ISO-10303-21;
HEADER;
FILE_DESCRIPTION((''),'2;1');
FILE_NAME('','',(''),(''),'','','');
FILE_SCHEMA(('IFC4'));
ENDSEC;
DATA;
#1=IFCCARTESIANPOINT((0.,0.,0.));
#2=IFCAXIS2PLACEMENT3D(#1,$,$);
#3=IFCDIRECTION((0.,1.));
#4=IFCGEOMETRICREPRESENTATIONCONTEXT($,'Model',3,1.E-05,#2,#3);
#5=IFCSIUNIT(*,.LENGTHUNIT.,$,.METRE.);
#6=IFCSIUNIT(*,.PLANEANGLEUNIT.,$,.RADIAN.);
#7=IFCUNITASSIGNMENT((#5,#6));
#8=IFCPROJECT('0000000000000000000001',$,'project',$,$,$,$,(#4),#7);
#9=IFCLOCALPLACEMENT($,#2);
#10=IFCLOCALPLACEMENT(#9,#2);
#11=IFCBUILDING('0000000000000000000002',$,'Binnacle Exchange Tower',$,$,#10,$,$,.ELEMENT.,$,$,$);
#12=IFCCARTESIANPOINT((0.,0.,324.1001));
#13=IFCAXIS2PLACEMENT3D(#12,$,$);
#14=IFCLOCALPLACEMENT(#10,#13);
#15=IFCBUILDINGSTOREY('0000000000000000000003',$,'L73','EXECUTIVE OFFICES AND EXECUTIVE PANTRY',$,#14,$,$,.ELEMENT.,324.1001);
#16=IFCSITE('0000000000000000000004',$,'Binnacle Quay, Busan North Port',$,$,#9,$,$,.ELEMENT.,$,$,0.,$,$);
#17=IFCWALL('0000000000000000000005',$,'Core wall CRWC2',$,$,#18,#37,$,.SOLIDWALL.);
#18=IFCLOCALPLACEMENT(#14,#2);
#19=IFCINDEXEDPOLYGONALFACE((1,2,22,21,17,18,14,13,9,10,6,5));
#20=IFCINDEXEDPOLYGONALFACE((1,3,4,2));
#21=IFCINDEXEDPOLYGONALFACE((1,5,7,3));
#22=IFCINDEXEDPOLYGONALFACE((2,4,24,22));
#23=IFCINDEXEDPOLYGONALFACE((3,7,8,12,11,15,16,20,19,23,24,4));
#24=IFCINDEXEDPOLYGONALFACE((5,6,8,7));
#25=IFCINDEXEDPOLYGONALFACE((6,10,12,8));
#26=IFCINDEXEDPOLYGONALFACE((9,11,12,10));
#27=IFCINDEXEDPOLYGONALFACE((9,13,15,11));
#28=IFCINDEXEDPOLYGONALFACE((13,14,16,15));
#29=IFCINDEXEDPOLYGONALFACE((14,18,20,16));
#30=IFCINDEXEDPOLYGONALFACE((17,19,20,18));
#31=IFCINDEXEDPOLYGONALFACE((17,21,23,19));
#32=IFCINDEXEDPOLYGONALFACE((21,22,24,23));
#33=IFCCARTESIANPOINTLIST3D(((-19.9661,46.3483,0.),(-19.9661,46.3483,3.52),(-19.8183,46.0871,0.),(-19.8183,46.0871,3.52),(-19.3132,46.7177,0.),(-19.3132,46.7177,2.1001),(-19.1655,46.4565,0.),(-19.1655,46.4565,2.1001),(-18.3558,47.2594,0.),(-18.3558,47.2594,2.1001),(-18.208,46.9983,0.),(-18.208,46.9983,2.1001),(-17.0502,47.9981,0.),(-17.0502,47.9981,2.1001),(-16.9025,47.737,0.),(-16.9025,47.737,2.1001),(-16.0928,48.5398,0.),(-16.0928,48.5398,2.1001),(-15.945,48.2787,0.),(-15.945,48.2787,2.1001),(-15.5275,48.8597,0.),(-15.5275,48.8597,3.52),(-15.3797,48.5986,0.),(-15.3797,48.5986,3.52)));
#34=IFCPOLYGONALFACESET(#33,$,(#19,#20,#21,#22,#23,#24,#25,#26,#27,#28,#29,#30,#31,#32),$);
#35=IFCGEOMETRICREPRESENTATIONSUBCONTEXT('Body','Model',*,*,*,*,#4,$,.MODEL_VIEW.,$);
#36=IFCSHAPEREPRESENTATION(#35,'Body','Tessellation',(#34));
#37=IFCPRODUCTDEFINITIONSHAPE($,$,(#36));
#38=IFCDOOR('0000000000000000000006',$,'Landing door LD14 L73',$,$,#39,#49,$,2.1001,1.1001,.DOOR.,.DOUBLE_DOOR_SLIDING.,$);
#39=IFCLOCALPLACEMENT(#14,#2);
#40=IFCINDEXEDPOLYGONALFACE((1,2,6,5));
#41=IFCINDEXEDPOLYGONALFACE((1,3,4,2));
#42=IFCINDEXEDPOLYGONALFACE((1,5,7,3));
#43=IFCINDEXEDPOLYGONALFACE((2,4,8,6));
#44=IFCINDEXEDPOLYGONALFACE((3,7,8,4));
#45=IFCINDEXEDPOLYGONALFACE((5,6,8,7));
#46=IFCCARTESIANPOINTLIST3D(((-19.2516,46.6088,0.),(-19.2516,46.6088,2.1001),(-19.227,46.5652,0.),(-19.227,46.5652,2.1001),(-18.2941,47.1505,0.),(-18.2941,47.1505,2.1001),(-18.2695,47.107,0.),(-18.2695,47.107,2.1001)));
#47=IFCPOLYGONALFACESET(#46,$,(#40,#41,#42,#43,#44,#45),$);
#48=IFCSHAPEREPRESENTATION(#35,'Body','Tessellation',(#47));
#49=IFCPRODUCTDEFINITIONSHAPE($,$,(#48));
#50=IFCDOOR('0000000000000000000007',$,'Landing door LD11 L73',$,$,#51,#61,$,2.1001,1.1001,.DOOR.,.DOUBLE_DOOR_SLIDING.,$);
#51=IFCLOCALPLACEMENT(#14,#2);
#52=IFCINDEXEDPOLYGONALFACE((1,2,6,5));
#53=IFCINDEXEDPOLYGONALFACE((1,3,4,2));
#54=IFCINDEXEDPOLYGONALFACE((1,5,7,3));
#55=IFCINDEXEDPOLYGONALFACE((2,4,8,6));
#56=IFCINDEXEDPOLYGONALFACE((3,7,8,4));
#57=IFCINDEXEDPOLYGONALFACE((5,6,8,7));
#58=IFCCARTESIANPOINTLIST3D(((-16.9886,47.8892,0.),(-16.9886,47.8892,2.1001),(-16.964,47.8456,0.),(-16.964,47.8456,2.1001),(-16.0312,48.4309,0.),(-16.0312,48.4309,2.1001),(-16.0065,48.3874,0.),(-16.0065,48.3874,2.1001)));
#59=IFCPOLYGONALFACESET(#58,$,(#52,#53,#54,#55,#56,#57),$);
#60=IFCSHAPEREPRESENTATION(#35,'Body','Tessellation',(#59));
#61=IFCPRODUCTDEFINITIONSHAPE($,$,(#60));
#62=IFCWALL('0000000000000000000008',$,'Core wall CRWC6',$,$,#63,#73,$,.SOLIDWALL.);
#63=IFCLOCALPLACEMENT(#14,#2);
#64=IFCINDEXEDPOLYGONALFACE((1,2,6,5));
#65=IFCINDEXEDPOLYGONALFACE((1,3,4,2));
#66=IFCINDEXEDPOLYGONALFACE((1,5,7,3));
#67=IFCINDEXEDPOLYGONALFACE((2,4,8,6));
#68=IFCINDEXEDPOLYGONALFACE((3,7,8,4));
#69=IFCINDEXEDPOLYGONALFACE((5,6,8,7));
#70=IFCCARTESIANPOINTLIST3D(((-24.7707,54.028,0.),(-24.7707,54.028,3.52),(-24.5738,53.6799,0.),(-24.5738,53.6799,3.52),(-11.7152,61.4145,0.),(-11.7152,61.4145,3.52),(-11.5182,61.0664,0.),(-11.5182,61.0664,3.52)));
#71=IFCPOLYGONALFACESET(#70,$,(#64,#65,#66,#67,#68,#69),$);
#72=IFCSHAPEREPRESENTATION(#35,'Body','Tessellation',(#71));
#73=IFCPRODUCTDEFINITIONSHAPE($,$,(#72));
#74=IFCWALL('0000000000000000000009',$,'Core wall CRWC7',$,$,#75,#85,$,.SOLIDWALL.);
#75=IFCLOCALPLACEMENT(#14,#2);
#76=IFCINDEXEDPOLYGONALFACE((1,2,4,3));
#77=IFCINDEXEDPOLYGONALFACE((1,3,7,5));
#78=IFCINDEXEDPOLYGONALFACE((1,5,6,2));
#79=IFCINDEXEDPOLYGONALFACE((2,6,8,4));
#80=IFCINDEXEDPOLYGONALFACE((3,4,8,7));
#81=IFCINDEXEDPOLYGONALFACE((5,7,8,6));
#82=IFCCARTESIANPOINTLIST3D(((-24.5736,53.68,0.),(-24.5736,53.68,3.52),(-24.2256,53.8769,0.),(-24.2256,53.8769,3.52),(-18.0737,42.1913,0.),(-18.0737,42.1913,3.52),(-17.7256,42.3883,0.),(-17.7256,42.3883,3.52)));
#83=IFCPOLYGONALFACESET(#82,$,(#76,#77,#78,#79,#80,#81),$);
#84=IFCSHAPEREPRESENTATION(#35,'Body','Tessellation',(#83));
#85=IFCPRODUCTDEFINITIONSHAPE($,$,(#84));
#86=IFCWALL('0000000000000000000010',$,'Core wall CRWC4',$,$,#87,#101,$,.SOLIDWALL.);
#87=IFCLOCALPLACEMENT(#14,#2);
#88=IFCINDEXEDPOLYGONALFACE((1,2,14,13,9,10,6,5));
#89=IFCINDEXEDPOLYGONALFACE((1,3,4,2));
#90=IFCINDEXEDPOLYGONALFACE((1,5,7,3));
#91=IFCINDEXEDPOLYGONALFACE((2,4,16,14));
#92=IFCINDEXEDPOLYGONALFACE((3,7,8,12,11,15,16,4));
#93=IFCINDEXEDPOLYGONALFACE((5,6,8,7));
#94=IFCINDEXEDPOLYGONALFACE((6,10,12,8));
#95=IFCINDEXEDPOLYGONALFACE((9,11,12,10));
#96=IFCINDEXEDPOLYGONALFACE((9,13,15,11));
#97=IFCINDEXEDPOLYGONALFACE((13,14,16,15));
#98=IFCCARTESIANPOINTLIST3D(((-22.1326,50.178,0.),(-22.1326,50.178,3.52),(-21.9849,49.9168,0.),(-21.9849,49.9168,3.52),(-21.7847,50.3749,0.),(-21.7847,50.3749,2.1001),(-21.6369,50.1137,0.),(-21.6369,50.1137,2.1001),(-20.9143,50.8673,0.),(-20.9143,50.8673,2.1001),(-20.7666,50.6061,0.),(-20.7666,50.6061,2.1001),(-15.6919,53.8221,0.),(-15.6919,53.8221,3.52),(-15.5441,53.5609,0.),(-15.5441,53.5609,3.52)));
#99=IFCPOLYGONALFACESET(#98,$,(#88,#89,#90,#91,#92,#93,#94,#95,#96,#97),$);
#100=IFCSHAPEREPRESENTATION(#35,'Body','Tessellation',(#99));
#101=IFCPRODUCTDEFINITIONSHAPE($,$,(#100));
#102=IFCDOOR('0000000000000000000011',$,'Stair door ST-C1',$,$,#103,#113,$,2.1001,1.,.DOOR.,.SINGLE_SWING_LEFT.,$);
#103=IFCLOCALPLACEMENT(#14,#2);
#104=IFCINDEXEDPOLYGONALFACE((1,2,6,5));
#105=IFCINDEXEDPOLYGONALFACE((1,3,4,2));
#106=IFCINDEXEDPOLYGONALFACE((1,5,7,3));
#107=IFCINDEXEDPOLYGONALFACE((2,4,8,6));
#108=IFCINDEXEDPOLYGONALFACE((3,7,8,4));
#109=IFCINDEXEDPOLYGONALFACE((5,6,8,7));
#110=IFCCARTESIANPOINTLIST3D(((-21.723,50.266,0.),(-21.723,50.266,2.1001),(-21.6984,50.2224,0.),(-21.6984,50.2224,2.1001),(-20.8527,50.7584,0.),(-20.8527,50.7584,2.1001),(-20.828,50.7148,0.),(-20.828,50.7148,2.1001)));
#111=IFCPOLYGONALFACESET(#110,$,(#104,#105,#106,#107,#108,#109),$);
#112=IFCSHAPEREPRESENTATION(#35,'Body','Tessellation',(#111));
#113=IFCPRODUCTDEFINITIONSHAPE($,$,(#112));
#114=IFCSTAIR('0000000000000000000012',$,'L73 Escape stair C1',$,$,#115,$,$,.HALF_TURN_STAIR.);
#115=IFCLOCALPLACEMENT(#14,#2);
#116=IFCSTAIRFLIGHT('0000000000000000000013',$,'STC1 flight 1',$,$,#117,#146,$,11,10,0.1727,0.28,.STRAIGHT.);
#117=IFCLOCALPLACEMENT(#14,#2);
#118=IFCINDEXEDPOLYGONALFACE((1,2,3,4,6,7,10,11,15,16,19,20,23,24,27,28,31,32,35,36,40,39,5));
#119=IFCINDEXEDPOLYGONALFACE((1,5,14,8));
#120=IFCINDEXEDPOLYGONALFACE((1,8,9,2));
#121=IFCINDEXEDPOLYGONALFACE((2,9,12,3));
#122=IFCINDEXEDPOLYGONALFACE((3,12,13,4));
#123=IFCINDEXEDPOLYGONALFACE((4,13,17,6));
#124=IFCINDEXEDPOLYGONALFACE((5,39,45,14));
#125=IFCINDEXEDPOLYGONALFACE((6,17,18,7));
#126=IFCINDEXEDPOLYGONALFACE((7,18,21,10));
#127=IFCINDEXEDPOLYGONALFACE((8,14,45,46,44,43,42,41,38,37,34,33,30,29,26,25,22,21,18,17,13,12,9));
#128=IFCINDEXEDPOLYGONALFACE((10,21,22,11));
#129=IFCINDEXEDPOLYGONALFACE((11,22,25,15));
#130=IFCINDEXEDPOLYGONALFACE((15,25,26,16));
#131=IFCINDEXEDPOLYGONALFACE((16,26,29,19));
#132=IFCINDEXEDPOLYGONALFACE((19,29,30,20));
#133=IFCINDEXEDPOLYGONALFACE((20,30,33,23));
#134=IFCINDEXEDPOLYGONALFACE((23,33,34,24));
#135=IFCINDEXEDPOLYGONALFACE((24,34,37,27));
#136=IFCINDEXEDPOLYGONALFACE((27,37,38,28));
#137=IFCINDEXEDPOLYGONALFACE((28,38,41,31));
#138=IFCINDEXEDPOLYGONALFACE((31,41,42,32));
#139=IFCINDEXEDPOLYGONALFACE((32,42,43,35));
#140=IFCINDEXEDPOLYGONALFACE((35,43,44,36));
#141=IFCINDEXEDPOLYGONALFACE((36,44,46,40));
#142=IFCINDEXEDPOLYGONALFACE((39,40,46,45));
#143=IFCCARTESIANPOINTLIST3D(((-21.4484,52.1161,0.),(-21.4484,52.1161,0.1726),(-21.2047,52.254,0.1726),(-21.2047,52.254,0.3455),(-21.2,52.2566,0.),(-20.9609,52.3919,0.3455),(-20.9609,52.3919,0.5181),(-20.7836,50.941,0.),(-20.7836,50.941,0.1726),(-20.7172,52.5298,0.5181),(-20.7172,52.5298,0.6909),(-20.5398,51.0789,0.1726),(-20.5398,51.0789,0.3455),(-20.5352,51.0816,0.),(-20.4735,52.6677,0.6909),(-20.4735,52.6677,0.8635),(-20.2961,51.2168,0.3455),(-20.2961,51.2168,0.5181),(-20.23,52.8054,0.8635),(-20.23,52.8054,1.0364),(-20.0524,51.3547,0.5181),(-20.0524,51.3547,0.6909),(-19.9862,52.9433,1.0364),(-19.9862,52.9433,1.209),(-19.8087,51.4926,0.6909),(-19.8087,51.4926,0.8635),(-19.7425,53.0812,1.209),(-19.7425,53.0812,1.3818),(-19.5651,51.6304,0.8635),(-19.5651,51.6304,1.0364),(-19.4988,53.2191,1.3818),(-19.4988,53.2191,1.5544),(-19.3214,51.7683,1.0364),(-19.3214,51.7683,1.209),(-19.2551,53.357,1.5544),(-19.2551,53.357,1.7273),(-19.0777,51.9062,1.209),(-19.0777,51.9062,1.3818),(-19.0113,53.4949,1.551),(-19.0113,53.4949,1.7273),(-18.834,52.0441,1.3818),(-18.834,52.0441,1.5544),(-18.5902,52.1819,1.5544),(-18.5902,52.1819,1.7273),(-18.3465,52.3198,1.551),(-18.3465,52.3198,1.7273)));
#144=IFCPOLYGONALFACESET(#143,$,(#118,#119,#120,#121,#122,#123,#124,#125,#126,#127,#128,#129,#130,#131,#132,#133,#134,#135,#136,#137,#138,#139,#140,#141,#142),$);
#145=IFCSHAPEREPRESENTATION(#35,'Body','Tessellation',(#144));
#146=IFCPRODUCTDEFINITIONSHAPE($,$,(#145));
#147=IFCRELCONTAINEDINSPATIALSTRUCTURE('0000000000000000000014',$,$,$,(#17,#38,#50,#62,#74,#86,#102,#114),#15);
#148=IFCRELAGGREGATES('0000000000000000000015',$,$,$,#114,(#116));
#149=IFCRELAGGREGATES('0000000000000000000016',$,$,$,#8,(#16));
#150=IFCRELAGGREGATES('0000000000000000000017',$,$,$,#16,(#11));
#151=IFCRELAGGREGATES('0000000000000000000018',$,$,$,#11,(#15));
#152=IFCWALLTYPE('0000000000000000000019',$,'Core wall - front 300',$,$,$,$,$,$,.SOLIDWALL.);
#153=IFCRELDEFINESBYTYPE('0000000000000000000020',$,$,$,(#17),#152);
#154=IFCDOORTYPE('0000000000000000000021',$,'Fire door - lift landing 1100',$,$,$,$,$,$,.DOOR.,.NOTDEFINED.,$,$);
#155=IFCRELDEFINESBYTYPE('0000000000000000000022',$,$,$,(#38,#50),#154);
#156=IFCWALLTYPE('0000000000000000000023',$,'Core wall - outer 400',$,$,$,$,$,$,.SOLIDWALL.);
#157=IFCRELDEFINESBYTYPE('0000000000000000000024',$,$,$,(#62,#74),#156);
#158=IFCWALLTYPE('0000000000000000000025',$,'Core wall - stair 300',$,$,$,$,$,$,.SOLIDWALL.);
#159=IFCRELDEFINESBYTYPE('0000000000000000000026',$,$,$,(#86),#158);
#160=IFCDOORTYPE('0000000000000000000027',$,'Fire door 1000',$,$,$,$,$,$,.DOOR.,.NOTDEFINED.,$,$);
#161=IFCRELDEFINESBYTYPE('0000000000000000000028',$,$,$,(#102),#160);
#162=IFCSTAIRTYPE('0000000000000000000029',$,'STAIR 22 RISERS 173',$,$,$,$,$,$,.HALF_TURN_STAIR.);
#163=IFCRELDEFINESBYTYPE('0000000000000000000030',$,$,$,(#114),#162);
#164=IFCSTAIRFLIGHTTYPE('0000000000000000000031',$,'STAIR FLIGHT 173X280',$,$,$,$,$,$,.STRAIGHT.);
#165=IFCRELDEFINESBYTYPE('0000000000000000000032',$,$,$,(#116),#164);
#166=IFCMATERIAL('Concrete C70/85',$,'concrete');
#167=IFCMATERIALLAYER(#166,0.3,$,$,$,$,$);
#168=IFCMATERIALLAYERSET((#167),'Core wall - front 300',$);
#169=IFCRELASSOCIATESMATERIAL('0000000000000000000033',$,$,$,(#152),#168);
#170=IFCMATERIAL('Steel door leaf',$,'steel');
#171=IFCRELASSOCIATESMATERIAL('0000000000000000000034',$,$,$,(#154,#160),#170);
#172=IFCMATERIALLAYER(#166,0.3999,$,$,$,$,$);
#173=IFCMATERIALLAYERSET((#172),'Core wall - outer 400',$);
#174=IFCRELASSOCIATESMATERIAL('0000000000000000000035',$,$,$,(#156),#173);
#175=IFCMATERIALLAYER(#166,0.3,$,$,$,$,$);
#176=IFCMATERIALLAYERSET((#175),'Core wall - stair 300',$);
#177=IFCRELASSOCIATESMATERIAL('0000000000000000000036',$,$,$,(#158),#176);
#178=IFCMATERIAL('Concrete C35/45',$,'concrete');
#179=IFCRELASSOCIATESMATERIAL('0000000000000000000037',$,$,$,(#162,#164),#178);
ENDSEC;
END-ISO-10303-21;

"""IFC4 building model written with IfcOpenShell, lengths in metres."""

from ifc_helpers import new_model, si_unit, direction, frame, frame_2d, origin, place, context, subcontext, project, spatial, polyline, rectangle, outline, extrude, material, layer, layer_set, type_object, element, fill, aggregate, save


model = new_model("IFC4")

# Units and contexts
model_context = context("Model", 3, precision=1e-05, world=origin(), true_north=direction((0.0, 1.0)))
body_context = subcontext(model_context, "Body", "Model", "MODEL_VIEW")
ifc_project = project(units=[si_unit("LENGTHUNIT", "METRE"), si_unit("PLANEANGLEUNIT", "RADIAN")], contexts=[model_context])

# Site, building, storey
site_placement = place(None, origin())
site = spatial("IfcSite", under=ifc_project, at=site_placement, Name="Binnacle Quay, Busan North Port", CompositionType="ELEMENT", RefElevation=0.0)
building_placement = place(site_placement, origin())
building = spatial("IfcBuilding", under=site, at=building_placement, Name="Binnacle Exchange Tower", CompositionType="ELEMENT")
storey_placement = place(building_placement, frame((0.0, 0.0, 324.1001)))
storey = spatial("IfcBuildingStorey", under=building, at=storey_placement, Name="L73", Description="EXECUTIVE OFFICES AND EXECUTIVE PANTRY", CompositionType="ELEMENT", Elevation=324.1001)

# Wall, openings, doors
ifc_material_1 = material(Name="Concrete C70/85", Category="concrete")
ifc_layer_1 = layer(ifc_material_1, 0.3)
ifc_layer_set_1 = layer_set([ifc_layer_1], Name="Core wall - front 300")
wall_type_1 = type_object("IfcWallType", Name="Core wall - front 300", PredefinedType="SOLIDWALL", material=ifc_layer_set_1)
wall_1_placement = place(storey_placement, frame((-19.8921, 46.2178, 0.0), z_axis=(0.0, 0.0, 1.0), x_axis=(0.870342, 0.492448, 0.0)))
wall_1 = element("IfcWall", 1, at=wall_1_placement, inside=storey, type_object=wall_type_1, Name="Core wall CRWC2", PredefinedType="SOLIDWALL", context=body_context, shape_type="SweptSolid", body=[
    extrude(rectangle(XDim=5.0999, YDim=0.3, at=frame_2d((2.5498, 0.0))), origin(), (0.0, 0.0, 1.0), 3.52),
])
opening_1_placement = place(wall_1_placement, frame((0.75, 0.0, 0.0)))
opening_1 = element("IfcOpeningElement", 2, at=opening_1_placement, cuts=wall_1, PredefinedType="OPENING", context=body_context, shape_type="SweptSolid", body=[
    extrude(rectangle(XDim=1.1001, YDim=2.1001, at=frame_2d((0.55, 1.05))), frame((0.0, 0.1599, 0.0), z_axis=(0.0, -1.0, 0.0), x_axis=(1.0, 0.0, 0.0)), (0.0, 0.0, 1.0), 0.3201),
])
opening_2_placement = place(wall_1_placement, frame((3.3501, 0.0, 0.0)))
opening_2 = element("IfcOpeningElement", 3, at=opening_2_placement, cuts=wall_1, PredefinedType="OPENING", context=body_context, shape_type="SweptSolid", body=[
    extrude(rectangle(XDim=1.1001, YDim=2.1001, at=frame_2d((0.55, 1.05))), frame((0.0, 0.1599, 0.0), z_axis=(0.0, -1.0, 0.0), x_axis=(1.0, 0.0, 0.0)), (0.0, 0.0, 1.0), 0.3201),
])
ifc_material_2 = material(Name="Steel door leaf", Category="steel")
door_type_1 = type_object("IfcDoorType", Name="Fire door - lift landing 1100", OperationType="NOTDEFINED", PredefinedType="DOOR", material=ifc_material_2)
door_1_placement = place(opening_1_placement, origin())
door_1 = element("IfcDoor", 4, at=door_1_placement, inside=storey, type_object=door_type_1, Name="Landing door LD14 L73", OperationType="DOUBLE_DOOR_SLIDING", OverallHeight=2.1001, OverallWidth=1.1001, PredefinedType="DOOR", context=body_context, shape_type="SweptSolid", body=[
    extrude(rectangle(XDim=1.1001, YDim=2.1001, at=frame_2d((0.55, 1.05))), frame((0.0, 0.0249, 0.0), z_axis=(0.0, -1.0, 0.0), x_axis=(1.0, 0.0, 0.0)), (0.0, 0.0, 1.0), 0.05),
])
fill(opening_1, door_1)
door_2_placement = place(opening_2_placement, origin())
door_2 = element("IfcDoor", 5, at=door_2_placement, inside=storey, type_object=door_type_1, Name="Landing door LD11 L73", OperationType="DOUBLE_DOOR_SLIDING", OverallHeight=2.1001, OverallWidth=1.1001, PredefinedType="DOOR", context=body_context, shape_type="SweptSolid", body=[
    extrude(rectangle(XDim=1.1001, YDim=2.1001, at=frame_2d((0.55, 1.05))), frame((0.0, 0.0249, 0.0), z_axis=(0.0, -1.0, 0.0), x_axis=(1.0, 0.0, 0.0)), (0.0, 0.0, 1.0), 0.05),
])
fill(opening_2, door_2)

# Walls
ifc_layer_2 = layer(ifc_material_1, 0.3999)
ifc_layer_set_2 = layer_set([ifc_layer_2], Name="Core wall - outer 400")
wall_type_2 = type_object("IfcWallType", Name="Core wall - outer 400", PredefinedType="SOLIDWALL", material=ifc_layer_set_2)
wall_2_placement = place(storey_placement, frame((-24.6721, 53.854, 0.0), z_axis=(0.0, 0.0, 1.0), x_axis=(0.870354, 0.492427, 0.0)))
element("IfcWall", 6, at=wall_2_placement, inside=storey, type_object=wall_type_2, Name="Core wall CRWC6", PredefinedType="SOLIDWALL", context=body_context, shape_type="SweptSolid", body=[
    extrude(rectangle(XDim=15.0002, YDim=0.3999, at=frame_2d((7.5, 0.0))), origin(), (0.0, 0.0, 1.0), 3.52),
])
wall_3_placement = place(storey_placement, frame((-24.3997, 53.7786, 0.0), z_axis=(0.0, 0.0, 1.0), x_axis=(0.492422, -0.870357, 0.0)))
element("IfcWall", 7, at=wall_3_placement, inside=storey, type_object=wall_type_2, Name="Core wall CRWC7", PredefinedType="SOLIDWALL", context=body_context, shape_type="SweptSolid", body=[
    extrude(rectangle(XDim=13.2, YDim=0.3999, at=frame_2d((6.6001, 0.0))), origin(), (0.0, 0.0, 1.0), 3.52),
])

# Wall, opening, door
ifc_layer_3 = layer(ifc_material_1, 0.3)
ifc_layer_set_3 = layer_set([ifc_layer_3], Name="Core wall - stair 300")
wall_type_3 = type_object("IfcWallType", Name="Core wall - stair 300", PredefinedType="SOLIDWALL", material=ifc_layer_set_3)
wall_4_placement = place(storey_placement, frame((-22.0588, 50.0474, 0.0), z_axis=(0.0, 0.0, 1.0), x_axis=(0.870351, 0.492432, 0.0)))
wall_4 = element("IfcWall", 8, at=wall_4_placement, inside=storey, type_object=wall_type_3, Name="Core wall CRWC4", PredefinedType="SOLIDWALL", context=body_context, shape_type="SweptSolid", body=[
    extrude(rectangle(XDim=7.4001, YDim=0.3, at=frame_2d((3.7002, 0.0))), origin(), (0.0, 0.0, 1.0), 3.52),
])
opening_3_placement = place(wall_4_placement, frame((0.3999, 0.0, 0.0)))
opening_3 = element("IfcOpeningElement", 9, at=opening_3_placement, cuts=wall_4, PredefinedType="OPENING", context=body_context, shape_type="SweptSolid", body=[
    extrude(rectangle(XDim=1.0, YDim=2.1001, at=frame_2d((0.5, 1.05))), frame((0.0, 0.1599, 0.0), z_axis=(0.0, -1.0, 0.0), x_axis=(1.0, 0.0, 0.0)), (0.0, 0.0, 1.0), 0.3201),
])
door_type_2 = type_object("IfcDoorType", Name="Fire door 1000", OperationType="NOTDEFINED", PredefinedType="DOOR", material=ifc_material_2)
door_3_placement = place(opening_3_placement, origin())
door_3 = element("IfcDoor", 10, at=door_3_placement, inside=storey, type_object=door_type_2, Name="Stair door ST-C1", OperationType="SINGLE_SWING_LEFT", OverallHeight=2.1001, OverallWidth=1.0, PredefinedType="DOOR", context=body_context, shape_type="SweptSolid", body=[
    extrude(rectangle(XDim=1.0, YDim=2.1001, at=frame_2d((0.5, 1.05))), frame((0.0, 0.0249, 0.0), z_axis=(0.0, -1.0, 0.0), x_axis=(1.0, 0.0, 0.0)), (0.0, 0.0, 1.0), 0.05),
])
fill(opening_3, door_3)

# Stair, stair flight
ifc_material_3 = material(Name="Concrete C35/45", Category="concrete")
stair_type = type_object("IfcStairType", Name="STAIR 22 RISERS 173", PredefinedType="HALF_TURN_STAIR", material=ifc_material_3)
stair_placement = place(storey_placement, origin())
stair = element("IfcStair", 11, at=stair_placement, inside=storey, type_object=stair_type, Name="L73 Escape stair C1", PredefinedType="HALF_TURN_STAIR")
stair_flight_type = type_object("IfcStairFlightType", Name="STAIR FLIGHT 173X280", PredefinedType="STRAIGHT", material=ifc_material_3)
stair_flight_1_placement = place(storey_placement, frame((-21.116, 51.5286, 0.0), z_axis=(0.0, 0.0, 1.0), x_axis=(0.870356, 0.492424, 0.0)))
stair_flight_1 = element("IfcStairFlight", 12, at=stair_flight_1_placement, type_object=stair_flight_type, Name="STC1 flight 1", NumberOfRisers=11, NumberOfTreads=10, PredefinedType="STRAIGHT", RiserHeight=0.1727, TreadLength=0.28, context=body_context, shape_type="SweptSolid", body=[
    extrude(outline(polyline([(0.0, 0.0), (0.0, 0.1726), (0.28, 0.1726), (0.28, 0.3455), (0.5601, 0.3455), (0.5601, 0.5181), (0.8401, 0.5181), (0.8401, 0.6909), (1.1201, 0.6909), (1.1201, 0.8635), (1.3999, 0.8635), (1.3999, 1.0364), (1.6799, 1.0364), (1.6799, 1.209), (1.96, 1.209), (1.96, 1.3818), (2.24, 1.3818), (2.24, 1.5544), (2.52, 1.5544), (2.52, 1.7273), (2.8, 1.7273), (2.8, 1.8999), (2.8, 1.551), (0.2854, 0.0), (0.0, 0.0)])), frame((0.0, 0.675, 0.0), z_axis=(0.0, -1.0, 0.0), x_axis=(1.0, 0.0, 0.0)), (0.0, 0.0, 1.0), 1.3501),
])
aggregate(stair, [stair_flight_1])

save(model, "model.ifc")
